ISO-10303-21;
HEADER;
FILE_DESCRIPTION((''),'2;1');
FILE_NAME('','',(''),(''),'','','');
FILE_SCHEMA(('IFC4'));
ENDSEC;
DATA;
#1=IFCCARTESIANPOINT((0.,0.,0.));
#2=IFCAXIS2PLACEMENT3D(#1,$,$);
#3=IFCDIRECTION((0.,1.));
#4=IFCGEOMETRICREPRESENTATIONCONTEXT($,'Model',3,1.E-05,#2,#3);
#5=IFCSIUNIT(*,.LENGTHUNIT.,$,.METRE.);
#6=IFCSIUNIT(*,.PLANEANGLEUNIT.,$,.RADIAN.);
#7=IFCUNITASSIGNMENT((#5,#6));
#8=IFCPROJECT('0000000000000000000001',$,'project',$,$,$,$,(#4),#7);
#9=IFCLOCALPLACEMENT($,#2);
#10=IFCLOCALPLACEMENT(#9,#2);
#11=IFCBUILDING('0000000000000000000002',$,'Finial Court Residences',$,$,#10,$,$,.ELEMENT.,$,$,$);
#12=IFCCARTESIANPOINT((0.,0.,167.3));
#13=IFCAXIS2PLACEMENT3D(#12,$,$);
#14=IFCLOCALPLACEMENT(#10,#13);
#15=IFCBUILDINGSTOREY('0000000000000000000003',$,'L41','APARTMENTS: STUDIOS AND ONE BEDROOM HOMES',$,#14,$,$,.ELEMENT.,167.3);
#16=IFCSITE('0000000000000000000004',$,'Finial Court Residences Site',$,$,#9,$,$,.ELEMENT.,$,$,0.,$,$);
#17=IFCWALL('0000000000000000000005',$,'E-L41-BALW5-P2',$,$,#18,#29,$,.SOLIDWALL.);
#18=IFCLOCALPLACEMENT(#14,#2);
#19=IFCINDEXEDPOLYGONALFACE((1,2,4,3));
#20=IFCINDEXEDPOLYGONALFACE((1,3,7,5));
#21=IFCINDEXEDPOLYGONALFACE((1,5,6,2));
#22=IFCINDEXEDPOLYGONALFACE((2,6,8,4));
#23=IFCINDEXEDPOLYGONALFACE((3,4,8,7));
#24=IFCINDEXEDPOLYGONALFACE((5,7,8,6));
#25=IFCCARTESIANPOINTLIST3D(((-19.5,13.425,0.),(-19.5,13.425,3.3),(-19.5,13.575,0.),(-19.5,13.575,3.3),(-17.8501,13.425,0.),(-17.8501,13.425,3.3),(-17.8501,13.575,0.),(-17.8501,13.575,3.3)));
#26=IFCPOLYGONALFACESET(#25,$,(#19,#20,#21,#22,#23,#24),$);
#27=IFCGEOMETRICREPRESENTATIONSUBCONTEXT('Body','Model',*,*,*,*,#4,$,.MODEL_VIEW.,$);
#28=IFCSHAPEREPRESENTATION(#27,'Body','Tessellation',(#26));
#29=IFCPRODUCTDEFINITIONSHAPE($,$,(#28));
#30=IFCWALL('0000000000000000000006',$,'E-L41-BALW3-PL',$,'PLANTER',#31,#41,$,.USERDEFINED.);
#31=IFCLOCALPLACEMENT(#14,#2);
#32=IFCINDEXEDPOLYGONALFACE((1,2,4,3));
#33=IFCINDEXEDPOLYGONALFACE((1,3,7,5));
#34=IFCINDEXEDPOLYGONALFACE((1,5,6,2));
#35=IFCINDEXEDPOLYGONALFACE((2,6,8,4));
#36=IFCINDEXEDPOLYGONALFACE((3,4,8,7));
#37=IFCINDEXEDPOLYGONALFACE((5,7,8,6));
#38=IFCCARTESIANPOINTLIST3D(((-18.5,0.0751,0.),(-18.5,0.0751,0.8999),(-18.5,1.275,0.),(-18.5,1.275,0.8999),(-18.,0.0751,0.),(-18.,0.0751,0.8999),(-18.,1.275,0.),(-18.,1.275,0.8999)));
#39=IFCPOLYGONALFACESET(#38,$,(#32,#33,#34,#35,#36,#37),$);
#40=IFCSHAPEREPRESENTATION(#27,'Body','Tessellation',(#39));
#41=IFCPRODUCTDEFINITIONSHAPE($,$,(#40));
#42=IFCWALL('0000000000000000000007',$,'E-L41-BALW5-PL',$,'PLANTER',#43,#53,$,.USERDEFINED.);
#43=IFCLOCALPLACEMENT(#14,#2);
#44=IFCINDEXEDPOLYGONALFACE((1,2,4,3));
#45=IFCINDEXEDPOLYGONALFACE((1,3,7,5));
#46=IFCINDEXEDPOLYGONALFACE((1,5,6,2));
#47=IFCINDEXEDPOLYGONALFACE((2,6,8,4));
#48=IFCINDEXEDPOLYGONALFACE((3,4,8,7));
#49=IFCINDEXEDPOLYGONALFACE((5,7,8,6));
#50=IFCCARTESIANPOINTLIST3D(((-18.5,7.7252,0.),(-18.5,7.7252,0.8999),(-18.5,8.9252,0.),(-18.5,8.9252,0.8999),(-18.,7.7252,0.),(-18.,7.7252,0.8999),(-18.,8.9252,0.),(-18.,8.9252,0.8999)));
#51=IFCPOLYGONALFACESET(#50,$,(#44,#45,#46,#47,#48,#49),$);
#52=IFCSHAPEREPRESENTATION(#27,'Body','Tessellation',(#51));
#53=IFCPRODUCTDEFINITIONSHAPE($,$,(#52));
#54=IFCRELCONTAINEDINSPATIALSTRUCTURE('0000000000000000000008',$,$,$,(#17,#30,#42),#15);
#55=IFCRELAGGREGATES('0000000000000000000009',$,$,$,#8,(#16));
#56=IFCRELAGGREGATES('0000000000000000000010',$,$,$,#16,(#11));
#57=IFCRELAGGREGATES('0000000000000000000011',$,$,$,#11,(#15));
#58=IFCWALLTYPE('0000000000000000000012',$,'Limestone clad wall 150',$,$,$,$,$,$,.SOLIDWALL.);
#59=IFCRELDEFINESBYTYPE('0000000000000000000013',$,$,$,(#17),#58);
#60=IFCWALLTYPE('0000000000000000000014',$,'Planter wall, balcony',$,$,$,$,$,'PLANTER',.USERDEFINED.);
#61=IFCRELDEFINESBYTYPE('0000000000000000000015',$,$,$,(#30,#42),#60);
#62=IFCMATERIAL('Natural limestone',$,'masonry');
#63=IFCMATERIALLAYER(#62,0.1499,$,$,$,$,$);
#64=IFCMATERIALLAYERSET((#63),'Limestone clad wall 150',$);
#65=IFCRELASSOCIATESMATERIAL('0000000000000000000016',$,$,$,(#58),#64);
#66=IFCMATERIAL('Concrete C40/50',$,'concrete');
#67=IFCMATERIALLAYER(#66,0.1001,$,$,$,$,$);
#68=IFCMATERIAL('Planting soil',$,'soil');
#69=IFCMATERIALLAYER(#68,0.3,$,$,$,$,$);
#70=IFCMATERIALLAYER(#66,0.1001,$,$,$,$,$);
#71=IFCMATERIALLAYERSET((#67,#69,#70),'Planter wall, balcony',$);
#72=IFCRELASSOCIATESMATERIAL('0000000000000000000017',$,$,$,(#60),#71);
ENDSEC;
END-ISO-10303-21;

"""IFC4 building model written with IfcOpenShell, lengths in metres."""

from ifc_helpers import new_model, si_unit, direction, frame, frame_2d, origin, place, context, subcontext, project, spatial, rectangle, extrude, material, layer, layer_set, type_object, element, save


model = new_model("IFC4")

# Units and contexts
model_context = context("Model", 3, precision=1e-05, world=origin(), true_north=direction((0.0, 1.0)))
body_context = subcontext(model_context, "Body", "Model", "MODEL_VIEW")
ifc_project = project(units=[si_unit("LENGTHUNIT", "METRE"), si_unit("PLANEANGLEUNIT", "RADIAN")], contexts=[model_context])

# Site, building, storey
site_placement = place(None, origin())
site = spatial("IfcSite", under=ifc_project, at=site_placement, Name="Finial Court Residences Site", CompositionType="ELEMENT", RefElevation=0.0)
building_placement = place(site_placement, origin())
building = spatial("IfcBuilding", under=site, at=building_placement, Name="Finial Court Residences", CompositionType="ELEMENT")
storey_placement = place(building_placement, frame((0.0, 0.0, 167.3)))
storey = spatial("IfcBuildingStorey", under=building, at=storey_placement, Name="L41", Description="APARTMENTS: STUDIOS AND ONE BEDROOM HOMES", CompositionType="ELEMENT", Elevation=167.3)

# Wall
ifc_material_1 = material(Name="Natural limestone", Category="masonry")
ifc_layer_1 = layer(ifc_material_1, 0.1499)
ifc_layer_set_1 = layer_set([ifc_layer_1], Name="Limestone clad wall 150")
wall_type_1 = type_object("IfcWallType", Name="Limestone clad wall 150", PredefinedType="SOLIDWALL", material=ifc_layer_set_1)
wall_1_placement = place(storey_placement, frame((-17.8501, 13.5, 0.0), z_axis=(0.0, 0.0, 1.0), x_axis=(-1.0, 0.0, 0.0)))
element("IfcWall", 1, at=wall_1_placement, inside=storey, type_object=wall_type_1, Name="E-L41-BALW5-P2", PredefinedType="SOLIDWALL", context=body_context, shape_type="SweptSolid", body=[
    extrude(rectangle(XDim=1.6499, YDim=0.1499, at=frame_2d((0.825, 0.0))), origin(), (0.0, 0.0, 1.0), 3.3),
])

# Walls
ifc_material_2 = material(Name="Concrete C40/50", Category="concrete")
ifc_layer_2 = layer(ifc_material_2, 0.1001)
ifc_material_3 = material(Name="Planting soil", Category="soil")
ifc_layer_3 = layer(ifc_material_3, 0.3)
ifc_layer_4 = layer(ifc_material_2, 0.1001)
ifc_layer_set_2 = layer_set([ifc_layer_2, ifc_layer_3, ifc_layer_4], Name="Planter wall, balcony")
wall_type_2 = type_object("IfcWallType", Name="Planter wall, balcony", ElementType="PLANTER", PredefinedType="USERDEFINED", material=ifc_layer_set_2)
for number, where, z_axis, x_axis, name in (
    (2, (-18.25, 0.075, 0.0), (0.0, 0.0, 1.0), (0.0, 1.0, 0.0), "E-L41-BALW3-PL"),
    (3, (-18.25, 7.7251, 0.0), (0.0, 0.0, 1.0), (0.0, 1.0, 0.0), "E-L41-BALW5-PL"),
):
    element("IfcWall", number, at=place(storey_placement, frame(where, z_axis=z_axis, x_axis=x_axis)), inside=storey, type_object=wall_type_2, Name=name, ObjectType="PLANTER", PredefinedType="USERDEFINED", context=body_context, shape_type="SweptSolid", body=[
        extrude(rectangle(XDim=1.2, YDim=0.5, at=frame_2d((0.6001, 0.0))), origin(), (0.0, 0.0, 1.0), 0.8999),
    ])

save(model, "model.ifc")
